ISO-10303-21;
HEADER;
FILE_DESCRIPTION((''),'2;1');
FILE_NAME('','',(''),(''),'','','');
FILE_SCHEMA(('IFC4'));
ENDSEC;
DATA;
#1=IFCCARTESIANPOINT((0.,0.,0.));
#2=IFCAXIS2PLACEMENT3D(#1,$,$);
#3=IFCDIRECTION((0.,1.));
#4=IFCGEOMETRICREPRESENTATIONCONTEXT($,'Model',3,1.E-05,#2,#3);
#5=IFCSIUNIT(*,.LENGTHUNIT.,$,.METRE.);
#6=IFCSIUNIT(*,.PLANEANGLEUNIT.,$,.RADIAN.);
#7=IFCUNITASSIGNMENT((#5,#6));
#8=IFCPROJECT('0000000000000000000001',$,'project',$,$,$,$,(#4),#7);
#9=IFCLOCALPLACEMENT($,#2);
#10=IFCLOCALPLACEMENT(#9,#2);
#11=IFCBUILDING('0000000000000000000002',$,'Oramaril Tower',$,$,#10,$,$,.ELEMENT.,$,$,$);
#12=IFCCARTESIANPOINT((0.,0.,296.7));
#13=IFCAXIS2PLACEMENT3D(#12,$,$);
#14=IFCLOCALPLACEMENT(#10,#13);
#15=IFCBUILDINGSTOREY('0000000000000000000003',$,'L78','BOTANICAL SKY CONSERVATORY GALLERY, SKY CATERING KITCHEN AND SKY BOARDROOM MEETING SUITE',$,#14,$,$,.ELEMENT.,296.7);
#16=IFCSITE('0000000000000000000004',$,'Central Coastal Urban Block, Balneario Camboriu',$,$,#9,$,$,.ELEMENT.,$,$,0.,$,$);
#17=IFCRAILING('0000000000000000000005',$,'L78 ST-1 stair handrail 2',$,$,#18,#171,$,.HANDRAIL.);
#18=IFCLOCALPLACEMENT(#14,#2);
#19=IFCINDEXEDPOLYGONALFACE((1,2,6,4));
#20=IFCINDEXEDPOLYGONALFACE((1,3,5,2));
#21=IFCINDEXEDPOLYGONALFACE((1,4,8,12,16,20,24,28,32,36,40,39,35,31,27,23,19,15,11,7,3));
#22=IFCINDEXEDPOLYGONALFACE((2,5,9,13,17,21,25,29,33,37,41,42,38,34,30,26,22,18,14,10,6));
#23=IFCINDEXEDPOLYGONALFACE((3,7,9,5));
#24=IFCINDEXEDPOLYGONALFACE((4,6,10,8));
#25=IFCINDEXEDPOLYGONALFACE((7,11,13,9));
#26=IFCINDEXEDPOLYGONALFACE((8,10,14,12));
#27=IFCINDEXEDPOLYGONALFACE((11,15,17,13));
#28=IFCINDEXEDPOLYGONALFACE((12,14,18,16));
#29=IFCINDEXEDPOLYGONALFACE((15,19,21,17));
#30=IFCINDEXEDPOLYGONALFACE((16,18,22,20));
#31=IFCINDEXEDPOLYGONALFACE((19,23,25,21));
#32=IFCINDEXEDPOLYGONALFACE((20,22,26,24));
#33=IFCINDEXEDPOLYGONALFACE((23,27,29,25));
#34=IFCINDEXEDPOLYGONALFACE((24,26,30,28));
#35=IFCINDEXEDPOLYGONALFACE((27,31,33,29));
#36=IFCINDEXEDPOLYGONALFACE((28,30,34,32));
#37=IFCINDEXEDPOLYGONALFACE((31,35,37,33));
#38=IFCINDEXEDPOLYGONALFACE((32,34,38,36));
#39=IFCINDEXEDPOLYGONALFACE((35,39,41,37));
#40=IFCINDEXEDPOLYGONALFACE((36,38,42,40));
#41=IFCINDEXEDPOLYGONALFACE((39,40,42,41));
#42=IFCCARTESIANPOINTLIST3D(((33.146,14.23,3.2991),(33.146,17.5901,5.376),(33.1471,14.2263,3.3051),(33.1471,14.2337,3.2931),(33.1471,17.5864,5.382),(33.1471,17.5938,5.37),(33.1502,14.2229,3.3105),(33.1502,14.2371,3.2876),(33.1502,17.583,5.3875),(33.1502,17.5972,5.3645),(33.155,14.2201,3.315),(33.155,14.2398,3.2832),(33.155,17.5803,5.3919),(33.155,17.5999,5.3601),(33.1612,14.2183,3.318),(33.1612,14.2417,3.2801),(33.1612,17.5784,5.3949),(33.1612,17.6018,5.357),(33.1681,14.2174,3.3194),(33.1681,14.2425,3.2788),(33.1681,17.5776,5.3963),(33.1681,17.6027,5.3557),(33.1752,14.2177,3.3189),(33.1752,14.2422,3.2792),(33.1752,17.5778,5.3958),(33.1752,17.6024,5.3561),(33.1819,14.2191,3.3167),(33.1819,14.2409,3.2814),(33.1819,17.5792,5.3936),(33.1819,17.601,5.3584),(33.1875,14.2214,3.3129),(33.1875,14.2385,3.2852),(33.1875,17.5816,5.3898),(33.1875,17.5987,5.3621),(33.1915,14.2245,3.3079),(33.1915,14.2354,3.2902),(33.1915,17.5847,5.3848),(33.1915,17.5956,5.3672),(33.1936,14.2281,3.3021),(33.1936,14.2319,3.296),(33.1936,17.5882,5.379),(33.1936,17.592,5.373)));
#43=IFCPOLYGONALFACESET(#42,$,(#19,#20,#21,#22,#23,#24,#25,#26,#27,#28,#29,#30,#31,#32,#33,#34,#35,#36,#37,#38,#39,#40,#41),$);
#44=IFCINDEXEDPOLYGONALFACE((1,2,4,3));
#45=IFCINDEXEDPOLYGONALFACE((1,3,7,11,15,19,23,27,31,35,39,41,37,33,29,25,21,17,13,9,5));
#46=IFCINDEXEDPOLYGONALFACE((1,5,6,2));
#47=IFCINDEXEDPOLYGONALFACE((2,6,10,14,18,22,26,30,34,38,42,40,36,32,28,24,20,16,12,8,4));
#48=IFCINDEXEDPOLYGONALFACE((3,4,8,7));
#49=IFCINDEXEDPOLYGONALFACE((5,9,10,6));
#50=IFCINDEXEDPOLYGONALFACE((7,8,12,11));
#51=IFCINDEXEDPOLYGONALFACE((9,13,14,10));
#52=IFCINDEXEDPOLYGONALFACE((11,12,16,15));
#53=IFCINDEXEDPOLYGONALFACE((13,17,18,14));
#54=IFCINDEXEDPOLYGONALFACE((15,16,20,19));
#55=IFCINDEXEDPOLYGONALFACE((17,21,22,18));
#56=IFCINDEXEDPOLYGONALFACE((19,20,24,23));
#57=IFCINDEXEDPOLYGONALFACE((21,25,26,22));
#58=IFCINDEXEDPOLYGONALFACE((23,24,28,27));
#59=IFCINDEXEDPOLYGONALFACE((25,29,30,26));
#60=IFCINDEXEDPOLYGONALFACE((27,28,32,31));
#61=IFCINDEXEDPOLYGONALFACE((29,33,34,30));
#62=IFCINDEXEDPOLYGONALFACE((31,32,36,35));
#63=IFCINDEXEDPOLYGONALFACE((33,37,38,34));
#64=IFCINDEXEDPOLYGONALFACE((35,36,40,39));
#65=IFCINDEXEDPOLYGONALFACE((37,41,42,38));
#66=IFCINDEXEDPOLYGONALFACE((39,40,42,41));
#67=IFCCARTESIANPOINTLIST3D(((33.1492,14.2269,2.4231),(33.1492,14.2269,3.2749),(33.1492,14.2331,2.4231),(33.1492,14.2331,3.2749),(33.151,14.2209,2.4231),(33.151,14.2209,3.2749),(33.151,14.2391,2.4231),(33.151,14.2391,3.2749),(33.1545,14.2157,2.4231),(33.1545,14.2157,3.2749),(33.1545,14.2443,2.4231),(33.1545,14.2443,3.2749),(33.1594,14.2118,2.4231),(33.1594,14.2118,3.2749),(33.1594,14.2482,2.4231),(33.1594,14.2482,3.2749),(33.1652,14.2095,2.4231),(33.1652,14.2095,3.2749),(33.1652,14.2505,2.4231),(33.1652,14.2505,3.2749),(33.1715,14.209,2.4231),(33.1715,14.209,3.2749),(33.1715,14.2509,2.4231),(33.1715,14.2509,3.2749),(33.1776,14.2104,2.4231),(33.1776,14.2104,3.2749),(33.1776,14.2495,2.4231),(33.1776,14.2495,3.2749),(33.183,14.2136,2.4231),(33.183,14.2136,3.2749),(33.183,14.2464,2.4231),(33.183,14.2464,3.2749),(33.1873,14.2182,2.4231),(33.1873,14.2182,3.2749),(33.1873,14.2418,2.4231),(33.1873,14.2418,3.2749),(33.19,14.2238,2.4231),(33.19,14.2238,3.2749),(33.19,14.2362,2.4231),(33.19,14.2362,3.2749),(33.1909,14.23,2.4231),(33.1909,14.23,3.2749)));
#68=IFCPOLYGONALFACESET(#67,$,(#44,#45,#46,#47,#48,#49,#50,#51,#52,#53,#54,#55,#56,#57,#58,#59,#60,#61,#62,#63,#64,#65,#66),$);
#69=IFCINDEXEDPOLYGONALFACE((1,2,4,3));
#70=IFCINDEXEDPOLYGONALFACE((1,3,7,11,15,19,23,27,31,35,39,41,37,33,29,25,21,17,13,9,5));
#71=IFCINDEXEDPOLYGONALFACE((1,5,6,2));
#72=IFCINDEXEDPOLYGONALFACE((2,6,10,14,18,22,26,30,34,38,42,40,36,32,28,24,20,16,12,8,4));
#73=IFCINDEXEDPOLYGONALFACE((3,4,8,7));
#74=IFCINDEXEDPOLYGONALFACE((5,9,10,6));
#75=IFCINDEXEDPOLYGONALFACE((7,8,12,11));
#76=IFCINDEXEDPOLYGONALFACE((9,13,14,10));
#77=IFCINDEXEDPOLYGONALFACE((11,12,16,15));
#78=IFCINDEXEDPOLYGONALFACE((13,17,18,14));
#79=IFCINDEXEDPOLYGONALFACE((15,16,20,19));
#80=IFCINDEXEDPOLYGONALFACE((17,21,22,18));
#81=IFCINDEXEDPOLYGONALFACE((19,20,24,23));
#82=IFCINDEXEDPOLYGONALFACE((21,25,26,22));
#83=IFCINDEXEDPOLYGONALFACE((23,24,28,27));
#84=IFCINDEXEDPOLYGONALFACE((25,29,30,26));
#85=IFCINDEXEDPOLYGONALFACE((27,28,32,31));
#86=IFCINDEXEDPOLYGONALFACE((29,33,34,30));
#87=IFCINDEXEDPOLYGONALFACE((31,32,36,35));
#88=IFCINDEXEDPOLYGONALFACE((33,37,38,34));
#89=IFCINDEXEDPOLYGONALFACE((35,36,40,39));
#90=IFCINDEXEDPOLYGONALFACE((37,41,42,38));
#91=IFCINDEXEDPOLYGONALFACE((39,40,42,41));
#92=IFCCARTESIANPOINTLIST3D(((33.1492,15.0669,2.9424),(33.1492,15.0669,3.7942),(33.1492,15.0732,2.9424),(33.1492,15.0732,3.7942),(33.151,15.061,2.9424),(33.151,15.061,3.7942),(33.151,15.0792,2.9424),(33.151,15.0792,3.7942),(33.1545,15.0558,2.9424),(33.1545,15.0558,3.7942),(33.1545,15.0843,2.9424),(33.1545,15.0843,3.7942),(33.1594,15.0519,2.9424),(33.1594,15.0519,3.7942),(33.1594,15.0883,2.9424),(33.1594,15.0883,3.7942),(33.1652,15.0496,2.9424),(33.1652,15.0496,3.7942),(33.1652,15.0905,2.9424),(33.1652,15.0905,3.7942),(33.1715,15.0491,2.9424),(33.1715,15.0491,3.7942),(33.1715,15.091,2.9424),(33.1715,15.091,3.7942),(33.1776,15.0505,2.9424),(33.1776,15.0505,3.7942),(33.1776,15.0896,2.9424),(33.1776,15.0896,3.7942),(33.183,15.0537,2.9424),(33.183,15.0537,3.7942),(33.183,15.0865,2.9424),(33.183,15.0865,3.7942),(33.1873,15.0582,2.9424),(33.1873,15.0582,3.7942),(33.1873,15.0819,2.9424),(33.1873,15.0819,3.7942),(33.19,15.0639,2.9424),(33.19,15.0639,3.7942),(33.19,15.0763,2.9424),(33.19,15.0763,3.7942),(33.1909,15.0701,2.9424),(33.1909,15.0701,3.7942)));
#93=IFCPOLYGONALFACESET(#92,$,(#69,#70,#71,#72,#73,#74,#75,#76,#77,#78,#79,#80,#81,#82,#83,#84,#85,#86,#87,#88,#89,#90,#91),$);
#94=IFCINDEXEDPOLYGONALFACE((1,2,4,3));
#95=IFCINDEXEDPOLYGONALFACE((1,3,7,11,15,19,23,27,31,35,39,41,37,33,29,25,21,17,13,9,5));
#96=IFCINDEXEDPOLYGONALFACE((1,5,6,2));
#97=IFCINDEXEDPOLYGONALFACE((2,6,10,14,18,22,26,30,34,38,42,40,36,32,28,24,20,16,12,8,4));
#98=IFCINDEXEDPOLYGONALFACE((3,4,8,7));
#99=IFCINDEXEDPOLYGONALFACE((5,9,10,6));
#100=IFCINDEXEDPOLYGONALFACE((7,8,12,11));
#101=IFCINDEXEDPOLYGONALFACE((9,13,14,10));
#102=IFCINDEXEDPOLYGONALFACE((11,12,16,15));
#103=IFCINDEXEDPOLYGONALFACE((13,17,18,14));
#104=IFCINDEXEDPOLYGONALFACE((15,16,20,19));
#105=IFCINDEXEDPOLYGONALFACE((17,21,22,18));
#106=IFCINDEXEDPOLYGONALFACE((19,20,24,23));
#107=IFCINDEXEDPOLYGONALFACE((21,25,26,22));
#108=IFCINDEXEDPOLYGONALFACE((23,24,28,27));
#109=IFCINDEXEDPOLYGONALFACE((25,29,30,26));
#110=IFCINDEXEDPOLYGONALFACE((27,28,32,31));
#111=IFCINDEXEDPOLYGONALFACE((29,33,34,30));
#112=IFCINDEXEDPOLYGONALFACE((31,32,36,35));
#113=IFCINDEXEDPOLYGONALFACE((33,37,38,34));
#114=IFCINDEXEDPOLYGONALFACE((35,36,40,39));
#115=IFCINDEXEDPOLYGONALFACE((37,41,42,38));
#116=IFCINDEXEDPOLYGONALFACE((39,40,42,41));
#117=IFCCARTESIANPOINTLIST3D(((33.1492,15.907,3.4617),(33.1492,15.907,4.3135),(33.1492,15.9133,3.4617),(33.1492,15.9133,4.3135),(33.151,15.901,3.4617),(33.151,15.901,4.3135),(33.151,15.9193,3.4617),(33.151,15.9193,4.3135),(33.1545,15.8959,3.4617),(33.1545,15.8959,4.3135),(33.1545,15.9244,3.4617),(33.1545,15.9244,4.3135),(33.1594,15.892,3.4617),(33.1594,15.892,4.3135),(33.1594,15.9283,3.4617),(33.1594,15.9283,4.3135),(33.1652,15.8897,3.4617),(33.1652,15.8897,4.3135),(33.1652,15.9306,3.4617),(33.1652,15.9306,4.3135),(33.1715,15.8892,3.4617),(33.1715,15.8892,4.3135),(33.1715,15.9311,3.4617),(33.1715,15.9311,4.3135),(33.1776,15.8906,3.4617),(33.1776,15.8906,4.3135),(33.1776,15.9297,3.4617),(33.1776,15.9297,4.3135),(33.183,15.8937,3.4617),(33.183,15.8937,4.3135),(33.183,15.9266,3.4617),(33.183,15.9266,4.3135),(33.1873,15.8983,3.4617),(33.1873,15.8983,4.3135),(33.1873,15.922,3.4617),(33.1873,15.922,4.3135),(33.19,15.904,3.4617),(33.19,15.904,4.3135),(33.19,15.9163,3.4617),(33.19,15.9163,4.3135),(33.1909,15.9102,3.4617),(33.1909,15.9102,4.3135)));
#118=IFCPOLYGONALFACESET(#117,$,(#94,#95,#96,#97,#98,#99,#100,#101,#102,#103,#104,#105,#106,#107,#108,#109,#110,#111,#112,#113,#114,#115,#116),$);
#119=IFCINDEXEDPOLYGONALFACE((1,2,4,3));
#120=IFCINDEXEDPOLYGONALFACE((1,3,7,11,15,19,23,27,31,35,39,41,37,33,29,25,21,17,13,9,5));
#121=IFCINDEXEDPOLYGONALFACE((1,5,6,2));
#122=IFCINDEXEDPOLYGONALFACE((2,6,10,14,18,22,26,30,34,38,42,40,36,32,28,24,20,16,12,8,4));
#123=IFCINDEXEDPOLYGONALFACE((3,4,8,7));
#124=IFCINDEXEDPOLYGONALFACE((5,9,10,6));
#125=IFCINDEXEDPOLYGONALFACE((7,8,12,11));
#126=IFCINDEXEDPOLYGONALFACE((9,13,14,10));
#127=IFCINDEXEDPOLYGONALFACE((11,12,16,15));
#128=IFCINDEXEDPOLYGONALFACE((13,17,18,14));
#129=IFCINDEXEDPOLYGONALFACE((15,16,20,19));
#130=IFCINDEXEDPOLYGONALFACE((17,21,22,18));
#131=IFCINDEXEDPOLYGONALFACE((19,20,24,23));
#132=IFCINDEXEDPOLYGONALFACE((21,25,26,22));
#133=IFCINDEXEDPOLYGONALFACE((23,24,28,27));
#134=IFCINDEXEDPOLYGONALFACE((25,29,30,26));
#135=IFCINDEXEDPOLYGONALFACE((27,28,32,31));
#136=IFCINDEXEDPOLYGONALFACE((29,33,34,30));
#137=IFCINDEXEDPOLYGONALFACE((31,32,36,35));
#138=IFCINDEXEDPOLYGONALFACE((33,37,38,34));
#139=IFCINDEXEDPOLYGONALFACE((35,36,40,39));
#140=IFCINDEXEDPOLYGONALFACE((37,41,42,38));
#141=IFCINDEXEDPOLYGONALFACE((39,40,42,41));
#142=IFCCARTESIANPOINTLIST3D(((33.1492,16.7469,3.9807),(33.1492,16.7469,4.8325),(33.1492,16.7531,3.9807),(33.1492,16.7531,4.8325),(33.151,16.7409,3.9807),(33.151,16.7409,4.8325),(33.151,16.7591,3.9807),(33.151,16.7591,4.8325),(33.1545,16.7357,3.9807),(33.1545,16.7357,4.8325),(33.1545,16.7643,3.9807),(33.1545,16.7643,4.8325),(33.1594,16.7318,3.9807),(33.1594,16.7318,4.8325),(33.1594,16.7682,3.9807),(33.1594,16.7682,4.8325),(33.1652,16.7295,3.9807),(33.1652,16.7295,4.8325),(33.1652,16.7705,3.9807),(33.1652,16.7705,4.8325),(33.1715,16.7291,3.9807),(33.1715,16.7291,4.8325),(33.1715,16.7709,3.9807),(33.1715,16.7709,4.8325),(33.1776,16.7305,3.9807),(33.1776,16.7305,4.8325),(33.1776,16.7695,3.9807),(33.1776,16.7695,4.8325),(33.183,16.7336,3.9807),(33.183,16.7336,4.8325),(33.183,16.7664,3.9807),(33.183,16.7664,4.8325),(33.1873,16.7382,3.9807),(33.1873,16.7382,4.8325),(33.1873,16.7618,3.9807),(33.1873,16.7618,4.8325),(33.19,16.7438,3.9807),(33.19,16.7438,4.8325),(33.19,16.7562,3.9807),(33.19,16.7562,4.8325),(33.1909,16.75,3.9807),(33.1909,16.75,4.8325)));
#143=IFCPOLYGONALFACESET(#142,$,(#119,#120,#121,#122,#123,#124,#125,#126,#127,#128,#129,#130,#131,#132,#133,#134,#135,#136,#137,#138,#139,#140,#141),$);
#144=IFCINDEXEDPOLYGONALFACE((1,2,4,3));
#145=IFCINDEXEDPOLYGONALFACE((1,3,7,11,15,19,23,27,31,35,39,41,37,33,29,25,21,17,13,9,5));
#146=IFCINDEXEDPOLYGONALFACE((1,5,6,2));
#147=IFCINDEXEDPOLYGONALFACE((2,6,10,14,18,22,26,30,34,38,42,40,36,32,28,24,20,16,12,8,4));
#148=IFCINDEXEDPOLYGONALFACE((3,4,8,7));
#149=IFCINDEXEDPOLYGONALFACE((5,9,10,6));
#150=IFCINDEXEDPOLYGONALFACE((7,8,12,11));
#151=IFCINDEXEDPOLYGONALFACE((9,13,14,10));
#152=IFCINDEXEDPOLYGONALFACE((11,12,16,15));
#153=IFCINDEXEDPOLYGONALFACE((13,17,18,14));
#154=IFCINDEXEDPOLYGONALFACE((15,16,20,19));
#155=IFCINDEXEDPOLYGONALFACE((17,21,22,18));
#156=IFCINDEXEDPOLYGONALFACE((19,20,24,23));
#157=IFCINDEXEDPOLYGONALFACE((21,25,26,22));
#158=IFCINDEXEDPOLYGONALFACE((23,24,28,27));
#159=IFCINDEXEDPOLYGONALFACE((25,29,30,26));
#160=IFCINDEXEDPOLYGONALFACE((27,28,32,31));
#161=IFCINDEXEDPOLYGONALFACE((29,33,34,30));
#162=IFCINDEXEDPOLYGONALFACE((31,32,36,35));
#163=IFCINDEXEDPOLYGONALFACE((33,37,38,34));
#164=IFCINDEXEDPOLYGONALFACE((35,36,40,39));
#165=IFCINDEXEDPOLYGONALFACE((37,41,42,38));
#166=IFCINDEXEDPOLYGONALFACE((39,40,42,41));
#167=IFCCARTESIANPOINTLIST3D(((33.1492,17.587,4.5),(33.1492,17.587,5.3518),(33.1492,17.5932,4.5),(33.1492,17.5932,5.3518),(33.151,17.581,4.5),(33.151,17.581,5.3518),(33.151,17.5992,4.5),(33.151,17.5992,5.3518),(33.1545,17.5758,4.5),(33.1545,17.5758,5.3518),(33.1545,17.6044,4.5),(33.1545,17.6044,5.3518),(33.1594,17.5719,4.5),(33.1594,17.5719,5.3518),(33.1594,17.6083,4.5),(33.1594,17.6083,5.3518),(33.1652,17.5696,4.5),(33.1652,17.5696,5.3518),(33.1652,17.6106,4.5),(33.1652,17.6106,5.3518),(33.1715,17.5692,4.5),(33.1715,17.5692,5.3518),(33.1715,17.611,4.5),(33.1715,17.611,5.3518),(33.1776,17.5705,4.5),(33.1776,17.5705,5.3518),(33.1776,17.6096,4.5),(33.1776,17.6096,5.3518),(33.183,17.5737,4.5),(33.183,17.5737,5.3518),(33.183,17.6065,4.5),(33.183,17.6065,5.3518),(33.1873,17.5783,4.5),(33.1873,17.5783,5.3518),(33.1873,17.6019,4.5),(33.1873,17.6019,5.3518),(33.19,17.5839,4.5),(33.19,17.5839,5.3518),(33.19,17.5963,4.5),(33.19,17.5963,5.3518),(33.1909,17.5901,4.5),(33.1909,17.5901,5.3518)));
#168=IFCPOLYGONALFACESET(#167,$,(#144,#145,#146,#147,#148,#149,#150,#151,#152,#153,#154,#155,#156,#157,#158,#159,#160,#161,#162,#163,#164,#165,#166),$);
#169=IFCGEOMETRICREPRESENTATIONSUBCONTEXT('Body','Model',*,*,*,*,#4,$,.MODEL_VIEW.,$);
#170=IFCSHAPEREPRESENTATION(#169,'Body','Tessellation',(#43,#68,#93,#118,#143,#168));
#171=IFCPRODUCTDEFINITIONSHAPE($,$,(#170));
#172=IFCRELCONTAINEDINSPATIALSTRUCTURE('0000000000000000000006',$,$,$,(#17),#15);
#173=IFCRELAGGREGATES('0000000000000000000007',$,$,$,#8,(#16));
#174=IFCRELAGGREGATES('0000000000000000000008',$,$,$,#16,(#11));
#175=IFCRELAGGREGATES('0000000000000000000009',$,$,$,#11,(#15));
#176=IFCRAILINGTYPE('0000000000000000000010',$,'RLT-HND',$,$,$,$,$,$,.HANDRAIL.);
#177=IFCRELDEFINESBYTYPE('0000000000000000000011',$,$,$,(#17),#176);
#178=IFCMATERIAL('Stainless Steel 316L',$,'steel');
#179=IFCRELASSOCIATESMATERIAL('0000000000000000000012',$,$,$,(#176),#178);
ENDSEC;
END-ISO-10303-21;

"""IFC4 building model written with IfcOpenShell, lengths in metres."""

from ifc_helpers import new_model, si_unit, direction, frame, origin, origin_2d, place, context, subcontext, project, spatial, circle, extrude, material, type_object, element, save


model = new_model("IFC4")

# Units and contexts
model_context = context("Model", 3, precision=1e-05, world=origin(), true_north=direction((0.0, 1.0)))
body_context = subcontext(model_context, "Body", "Model", "MODEL_VIEW")
ifc_project = project(units=[si_unit("LENGTHUNIT", "METRE"), si_unit("PLANEANGLEUNIT", "RADIAN")], contexts=[model_context])

# Site, building, storey
site_placement = place(None, origin())
site = spatial("IfcSite", under=ifc_project, at=site_placement, Name="Central Coastal Urban Block, Balneario Camboriu", CompositionType="ELEMENT", RefElevation=0.0)
building_placement = place(site_placement, origin())
building = spatial("IfcBuilding", under=site, at=building_placement, Name="Oramaril Tower", CompositionType="ELEMENT")
storey_placement = place(building_placement, frame((0.0, 0.0, 296.7)))
storey = spatial("IfcBuildingStorey", under=building, at=storey_placement, Name="L78", Description="BOTANICAL SKY CONSERVATORY GALLERY, SKY CATERING KITCHEN AND SKY BOARDROOM MEETING SUITE", CompositionType="ELEMENT", Elevation=296.7)

# Railing
ifc_material_1 = material(Name="Stainless Steel 316L", Category="steel")
railing_type_1 = type_object("IfcRailingType", Name="RLT-HND", PredefinedType="HANDRAIL", material=ifc_material_1)
railing_1_placement = place(storey_placement, frame((33.1699, 14.23, 2.4231)))
element("IfcRailing", 1, at=railing_1_placement, inside=storey, type_object=railing_type_1, Name="L78 ST-1 stair handrail 2", PredefinedType="HANDRAIL", context=body_context, shape_type="SweptSolid", body=[
    extrude(circle(Radius=0.0239, at=origin_2d()), frame((0.0, 0.0, 0.876), z_axis=(0.0, 0.850623, 0.525776), x_axis=(-1.0, 0.0, 0.0)), (0.0, 0.0, 1.0), 3.9502),
    extrude(circle(Radius=0.021, at=origin_2d()), origin(), (0.0, 0.0, 1.0), 0.8518),
    extrude(circle(Radius=0.021, at=origin_2d()), frame((0.0, 0.8401, 0.5193)), (0.0, 0.0, 1.0), 0.8518),
    extrude(circle(Radius=0.021, at=origin_2d()), frame((0.0, 1.6802, 1.0386)), (0.0, 0.0, 1.0), 0.8518),
    extrude(circle(Radius=0.021, at=origin_2d()), frame((0.0, 2.52, 1.5576)), (0.0, 0.0, 1.0), 0.8518),
    extrude(circle(Radius=0.021, at=origin_2d()), frame((0.0, 3.3601, 2.0769)), (0.0, 0.0, 1.0), 0.8518),
])

save(model, "model.ifc")
